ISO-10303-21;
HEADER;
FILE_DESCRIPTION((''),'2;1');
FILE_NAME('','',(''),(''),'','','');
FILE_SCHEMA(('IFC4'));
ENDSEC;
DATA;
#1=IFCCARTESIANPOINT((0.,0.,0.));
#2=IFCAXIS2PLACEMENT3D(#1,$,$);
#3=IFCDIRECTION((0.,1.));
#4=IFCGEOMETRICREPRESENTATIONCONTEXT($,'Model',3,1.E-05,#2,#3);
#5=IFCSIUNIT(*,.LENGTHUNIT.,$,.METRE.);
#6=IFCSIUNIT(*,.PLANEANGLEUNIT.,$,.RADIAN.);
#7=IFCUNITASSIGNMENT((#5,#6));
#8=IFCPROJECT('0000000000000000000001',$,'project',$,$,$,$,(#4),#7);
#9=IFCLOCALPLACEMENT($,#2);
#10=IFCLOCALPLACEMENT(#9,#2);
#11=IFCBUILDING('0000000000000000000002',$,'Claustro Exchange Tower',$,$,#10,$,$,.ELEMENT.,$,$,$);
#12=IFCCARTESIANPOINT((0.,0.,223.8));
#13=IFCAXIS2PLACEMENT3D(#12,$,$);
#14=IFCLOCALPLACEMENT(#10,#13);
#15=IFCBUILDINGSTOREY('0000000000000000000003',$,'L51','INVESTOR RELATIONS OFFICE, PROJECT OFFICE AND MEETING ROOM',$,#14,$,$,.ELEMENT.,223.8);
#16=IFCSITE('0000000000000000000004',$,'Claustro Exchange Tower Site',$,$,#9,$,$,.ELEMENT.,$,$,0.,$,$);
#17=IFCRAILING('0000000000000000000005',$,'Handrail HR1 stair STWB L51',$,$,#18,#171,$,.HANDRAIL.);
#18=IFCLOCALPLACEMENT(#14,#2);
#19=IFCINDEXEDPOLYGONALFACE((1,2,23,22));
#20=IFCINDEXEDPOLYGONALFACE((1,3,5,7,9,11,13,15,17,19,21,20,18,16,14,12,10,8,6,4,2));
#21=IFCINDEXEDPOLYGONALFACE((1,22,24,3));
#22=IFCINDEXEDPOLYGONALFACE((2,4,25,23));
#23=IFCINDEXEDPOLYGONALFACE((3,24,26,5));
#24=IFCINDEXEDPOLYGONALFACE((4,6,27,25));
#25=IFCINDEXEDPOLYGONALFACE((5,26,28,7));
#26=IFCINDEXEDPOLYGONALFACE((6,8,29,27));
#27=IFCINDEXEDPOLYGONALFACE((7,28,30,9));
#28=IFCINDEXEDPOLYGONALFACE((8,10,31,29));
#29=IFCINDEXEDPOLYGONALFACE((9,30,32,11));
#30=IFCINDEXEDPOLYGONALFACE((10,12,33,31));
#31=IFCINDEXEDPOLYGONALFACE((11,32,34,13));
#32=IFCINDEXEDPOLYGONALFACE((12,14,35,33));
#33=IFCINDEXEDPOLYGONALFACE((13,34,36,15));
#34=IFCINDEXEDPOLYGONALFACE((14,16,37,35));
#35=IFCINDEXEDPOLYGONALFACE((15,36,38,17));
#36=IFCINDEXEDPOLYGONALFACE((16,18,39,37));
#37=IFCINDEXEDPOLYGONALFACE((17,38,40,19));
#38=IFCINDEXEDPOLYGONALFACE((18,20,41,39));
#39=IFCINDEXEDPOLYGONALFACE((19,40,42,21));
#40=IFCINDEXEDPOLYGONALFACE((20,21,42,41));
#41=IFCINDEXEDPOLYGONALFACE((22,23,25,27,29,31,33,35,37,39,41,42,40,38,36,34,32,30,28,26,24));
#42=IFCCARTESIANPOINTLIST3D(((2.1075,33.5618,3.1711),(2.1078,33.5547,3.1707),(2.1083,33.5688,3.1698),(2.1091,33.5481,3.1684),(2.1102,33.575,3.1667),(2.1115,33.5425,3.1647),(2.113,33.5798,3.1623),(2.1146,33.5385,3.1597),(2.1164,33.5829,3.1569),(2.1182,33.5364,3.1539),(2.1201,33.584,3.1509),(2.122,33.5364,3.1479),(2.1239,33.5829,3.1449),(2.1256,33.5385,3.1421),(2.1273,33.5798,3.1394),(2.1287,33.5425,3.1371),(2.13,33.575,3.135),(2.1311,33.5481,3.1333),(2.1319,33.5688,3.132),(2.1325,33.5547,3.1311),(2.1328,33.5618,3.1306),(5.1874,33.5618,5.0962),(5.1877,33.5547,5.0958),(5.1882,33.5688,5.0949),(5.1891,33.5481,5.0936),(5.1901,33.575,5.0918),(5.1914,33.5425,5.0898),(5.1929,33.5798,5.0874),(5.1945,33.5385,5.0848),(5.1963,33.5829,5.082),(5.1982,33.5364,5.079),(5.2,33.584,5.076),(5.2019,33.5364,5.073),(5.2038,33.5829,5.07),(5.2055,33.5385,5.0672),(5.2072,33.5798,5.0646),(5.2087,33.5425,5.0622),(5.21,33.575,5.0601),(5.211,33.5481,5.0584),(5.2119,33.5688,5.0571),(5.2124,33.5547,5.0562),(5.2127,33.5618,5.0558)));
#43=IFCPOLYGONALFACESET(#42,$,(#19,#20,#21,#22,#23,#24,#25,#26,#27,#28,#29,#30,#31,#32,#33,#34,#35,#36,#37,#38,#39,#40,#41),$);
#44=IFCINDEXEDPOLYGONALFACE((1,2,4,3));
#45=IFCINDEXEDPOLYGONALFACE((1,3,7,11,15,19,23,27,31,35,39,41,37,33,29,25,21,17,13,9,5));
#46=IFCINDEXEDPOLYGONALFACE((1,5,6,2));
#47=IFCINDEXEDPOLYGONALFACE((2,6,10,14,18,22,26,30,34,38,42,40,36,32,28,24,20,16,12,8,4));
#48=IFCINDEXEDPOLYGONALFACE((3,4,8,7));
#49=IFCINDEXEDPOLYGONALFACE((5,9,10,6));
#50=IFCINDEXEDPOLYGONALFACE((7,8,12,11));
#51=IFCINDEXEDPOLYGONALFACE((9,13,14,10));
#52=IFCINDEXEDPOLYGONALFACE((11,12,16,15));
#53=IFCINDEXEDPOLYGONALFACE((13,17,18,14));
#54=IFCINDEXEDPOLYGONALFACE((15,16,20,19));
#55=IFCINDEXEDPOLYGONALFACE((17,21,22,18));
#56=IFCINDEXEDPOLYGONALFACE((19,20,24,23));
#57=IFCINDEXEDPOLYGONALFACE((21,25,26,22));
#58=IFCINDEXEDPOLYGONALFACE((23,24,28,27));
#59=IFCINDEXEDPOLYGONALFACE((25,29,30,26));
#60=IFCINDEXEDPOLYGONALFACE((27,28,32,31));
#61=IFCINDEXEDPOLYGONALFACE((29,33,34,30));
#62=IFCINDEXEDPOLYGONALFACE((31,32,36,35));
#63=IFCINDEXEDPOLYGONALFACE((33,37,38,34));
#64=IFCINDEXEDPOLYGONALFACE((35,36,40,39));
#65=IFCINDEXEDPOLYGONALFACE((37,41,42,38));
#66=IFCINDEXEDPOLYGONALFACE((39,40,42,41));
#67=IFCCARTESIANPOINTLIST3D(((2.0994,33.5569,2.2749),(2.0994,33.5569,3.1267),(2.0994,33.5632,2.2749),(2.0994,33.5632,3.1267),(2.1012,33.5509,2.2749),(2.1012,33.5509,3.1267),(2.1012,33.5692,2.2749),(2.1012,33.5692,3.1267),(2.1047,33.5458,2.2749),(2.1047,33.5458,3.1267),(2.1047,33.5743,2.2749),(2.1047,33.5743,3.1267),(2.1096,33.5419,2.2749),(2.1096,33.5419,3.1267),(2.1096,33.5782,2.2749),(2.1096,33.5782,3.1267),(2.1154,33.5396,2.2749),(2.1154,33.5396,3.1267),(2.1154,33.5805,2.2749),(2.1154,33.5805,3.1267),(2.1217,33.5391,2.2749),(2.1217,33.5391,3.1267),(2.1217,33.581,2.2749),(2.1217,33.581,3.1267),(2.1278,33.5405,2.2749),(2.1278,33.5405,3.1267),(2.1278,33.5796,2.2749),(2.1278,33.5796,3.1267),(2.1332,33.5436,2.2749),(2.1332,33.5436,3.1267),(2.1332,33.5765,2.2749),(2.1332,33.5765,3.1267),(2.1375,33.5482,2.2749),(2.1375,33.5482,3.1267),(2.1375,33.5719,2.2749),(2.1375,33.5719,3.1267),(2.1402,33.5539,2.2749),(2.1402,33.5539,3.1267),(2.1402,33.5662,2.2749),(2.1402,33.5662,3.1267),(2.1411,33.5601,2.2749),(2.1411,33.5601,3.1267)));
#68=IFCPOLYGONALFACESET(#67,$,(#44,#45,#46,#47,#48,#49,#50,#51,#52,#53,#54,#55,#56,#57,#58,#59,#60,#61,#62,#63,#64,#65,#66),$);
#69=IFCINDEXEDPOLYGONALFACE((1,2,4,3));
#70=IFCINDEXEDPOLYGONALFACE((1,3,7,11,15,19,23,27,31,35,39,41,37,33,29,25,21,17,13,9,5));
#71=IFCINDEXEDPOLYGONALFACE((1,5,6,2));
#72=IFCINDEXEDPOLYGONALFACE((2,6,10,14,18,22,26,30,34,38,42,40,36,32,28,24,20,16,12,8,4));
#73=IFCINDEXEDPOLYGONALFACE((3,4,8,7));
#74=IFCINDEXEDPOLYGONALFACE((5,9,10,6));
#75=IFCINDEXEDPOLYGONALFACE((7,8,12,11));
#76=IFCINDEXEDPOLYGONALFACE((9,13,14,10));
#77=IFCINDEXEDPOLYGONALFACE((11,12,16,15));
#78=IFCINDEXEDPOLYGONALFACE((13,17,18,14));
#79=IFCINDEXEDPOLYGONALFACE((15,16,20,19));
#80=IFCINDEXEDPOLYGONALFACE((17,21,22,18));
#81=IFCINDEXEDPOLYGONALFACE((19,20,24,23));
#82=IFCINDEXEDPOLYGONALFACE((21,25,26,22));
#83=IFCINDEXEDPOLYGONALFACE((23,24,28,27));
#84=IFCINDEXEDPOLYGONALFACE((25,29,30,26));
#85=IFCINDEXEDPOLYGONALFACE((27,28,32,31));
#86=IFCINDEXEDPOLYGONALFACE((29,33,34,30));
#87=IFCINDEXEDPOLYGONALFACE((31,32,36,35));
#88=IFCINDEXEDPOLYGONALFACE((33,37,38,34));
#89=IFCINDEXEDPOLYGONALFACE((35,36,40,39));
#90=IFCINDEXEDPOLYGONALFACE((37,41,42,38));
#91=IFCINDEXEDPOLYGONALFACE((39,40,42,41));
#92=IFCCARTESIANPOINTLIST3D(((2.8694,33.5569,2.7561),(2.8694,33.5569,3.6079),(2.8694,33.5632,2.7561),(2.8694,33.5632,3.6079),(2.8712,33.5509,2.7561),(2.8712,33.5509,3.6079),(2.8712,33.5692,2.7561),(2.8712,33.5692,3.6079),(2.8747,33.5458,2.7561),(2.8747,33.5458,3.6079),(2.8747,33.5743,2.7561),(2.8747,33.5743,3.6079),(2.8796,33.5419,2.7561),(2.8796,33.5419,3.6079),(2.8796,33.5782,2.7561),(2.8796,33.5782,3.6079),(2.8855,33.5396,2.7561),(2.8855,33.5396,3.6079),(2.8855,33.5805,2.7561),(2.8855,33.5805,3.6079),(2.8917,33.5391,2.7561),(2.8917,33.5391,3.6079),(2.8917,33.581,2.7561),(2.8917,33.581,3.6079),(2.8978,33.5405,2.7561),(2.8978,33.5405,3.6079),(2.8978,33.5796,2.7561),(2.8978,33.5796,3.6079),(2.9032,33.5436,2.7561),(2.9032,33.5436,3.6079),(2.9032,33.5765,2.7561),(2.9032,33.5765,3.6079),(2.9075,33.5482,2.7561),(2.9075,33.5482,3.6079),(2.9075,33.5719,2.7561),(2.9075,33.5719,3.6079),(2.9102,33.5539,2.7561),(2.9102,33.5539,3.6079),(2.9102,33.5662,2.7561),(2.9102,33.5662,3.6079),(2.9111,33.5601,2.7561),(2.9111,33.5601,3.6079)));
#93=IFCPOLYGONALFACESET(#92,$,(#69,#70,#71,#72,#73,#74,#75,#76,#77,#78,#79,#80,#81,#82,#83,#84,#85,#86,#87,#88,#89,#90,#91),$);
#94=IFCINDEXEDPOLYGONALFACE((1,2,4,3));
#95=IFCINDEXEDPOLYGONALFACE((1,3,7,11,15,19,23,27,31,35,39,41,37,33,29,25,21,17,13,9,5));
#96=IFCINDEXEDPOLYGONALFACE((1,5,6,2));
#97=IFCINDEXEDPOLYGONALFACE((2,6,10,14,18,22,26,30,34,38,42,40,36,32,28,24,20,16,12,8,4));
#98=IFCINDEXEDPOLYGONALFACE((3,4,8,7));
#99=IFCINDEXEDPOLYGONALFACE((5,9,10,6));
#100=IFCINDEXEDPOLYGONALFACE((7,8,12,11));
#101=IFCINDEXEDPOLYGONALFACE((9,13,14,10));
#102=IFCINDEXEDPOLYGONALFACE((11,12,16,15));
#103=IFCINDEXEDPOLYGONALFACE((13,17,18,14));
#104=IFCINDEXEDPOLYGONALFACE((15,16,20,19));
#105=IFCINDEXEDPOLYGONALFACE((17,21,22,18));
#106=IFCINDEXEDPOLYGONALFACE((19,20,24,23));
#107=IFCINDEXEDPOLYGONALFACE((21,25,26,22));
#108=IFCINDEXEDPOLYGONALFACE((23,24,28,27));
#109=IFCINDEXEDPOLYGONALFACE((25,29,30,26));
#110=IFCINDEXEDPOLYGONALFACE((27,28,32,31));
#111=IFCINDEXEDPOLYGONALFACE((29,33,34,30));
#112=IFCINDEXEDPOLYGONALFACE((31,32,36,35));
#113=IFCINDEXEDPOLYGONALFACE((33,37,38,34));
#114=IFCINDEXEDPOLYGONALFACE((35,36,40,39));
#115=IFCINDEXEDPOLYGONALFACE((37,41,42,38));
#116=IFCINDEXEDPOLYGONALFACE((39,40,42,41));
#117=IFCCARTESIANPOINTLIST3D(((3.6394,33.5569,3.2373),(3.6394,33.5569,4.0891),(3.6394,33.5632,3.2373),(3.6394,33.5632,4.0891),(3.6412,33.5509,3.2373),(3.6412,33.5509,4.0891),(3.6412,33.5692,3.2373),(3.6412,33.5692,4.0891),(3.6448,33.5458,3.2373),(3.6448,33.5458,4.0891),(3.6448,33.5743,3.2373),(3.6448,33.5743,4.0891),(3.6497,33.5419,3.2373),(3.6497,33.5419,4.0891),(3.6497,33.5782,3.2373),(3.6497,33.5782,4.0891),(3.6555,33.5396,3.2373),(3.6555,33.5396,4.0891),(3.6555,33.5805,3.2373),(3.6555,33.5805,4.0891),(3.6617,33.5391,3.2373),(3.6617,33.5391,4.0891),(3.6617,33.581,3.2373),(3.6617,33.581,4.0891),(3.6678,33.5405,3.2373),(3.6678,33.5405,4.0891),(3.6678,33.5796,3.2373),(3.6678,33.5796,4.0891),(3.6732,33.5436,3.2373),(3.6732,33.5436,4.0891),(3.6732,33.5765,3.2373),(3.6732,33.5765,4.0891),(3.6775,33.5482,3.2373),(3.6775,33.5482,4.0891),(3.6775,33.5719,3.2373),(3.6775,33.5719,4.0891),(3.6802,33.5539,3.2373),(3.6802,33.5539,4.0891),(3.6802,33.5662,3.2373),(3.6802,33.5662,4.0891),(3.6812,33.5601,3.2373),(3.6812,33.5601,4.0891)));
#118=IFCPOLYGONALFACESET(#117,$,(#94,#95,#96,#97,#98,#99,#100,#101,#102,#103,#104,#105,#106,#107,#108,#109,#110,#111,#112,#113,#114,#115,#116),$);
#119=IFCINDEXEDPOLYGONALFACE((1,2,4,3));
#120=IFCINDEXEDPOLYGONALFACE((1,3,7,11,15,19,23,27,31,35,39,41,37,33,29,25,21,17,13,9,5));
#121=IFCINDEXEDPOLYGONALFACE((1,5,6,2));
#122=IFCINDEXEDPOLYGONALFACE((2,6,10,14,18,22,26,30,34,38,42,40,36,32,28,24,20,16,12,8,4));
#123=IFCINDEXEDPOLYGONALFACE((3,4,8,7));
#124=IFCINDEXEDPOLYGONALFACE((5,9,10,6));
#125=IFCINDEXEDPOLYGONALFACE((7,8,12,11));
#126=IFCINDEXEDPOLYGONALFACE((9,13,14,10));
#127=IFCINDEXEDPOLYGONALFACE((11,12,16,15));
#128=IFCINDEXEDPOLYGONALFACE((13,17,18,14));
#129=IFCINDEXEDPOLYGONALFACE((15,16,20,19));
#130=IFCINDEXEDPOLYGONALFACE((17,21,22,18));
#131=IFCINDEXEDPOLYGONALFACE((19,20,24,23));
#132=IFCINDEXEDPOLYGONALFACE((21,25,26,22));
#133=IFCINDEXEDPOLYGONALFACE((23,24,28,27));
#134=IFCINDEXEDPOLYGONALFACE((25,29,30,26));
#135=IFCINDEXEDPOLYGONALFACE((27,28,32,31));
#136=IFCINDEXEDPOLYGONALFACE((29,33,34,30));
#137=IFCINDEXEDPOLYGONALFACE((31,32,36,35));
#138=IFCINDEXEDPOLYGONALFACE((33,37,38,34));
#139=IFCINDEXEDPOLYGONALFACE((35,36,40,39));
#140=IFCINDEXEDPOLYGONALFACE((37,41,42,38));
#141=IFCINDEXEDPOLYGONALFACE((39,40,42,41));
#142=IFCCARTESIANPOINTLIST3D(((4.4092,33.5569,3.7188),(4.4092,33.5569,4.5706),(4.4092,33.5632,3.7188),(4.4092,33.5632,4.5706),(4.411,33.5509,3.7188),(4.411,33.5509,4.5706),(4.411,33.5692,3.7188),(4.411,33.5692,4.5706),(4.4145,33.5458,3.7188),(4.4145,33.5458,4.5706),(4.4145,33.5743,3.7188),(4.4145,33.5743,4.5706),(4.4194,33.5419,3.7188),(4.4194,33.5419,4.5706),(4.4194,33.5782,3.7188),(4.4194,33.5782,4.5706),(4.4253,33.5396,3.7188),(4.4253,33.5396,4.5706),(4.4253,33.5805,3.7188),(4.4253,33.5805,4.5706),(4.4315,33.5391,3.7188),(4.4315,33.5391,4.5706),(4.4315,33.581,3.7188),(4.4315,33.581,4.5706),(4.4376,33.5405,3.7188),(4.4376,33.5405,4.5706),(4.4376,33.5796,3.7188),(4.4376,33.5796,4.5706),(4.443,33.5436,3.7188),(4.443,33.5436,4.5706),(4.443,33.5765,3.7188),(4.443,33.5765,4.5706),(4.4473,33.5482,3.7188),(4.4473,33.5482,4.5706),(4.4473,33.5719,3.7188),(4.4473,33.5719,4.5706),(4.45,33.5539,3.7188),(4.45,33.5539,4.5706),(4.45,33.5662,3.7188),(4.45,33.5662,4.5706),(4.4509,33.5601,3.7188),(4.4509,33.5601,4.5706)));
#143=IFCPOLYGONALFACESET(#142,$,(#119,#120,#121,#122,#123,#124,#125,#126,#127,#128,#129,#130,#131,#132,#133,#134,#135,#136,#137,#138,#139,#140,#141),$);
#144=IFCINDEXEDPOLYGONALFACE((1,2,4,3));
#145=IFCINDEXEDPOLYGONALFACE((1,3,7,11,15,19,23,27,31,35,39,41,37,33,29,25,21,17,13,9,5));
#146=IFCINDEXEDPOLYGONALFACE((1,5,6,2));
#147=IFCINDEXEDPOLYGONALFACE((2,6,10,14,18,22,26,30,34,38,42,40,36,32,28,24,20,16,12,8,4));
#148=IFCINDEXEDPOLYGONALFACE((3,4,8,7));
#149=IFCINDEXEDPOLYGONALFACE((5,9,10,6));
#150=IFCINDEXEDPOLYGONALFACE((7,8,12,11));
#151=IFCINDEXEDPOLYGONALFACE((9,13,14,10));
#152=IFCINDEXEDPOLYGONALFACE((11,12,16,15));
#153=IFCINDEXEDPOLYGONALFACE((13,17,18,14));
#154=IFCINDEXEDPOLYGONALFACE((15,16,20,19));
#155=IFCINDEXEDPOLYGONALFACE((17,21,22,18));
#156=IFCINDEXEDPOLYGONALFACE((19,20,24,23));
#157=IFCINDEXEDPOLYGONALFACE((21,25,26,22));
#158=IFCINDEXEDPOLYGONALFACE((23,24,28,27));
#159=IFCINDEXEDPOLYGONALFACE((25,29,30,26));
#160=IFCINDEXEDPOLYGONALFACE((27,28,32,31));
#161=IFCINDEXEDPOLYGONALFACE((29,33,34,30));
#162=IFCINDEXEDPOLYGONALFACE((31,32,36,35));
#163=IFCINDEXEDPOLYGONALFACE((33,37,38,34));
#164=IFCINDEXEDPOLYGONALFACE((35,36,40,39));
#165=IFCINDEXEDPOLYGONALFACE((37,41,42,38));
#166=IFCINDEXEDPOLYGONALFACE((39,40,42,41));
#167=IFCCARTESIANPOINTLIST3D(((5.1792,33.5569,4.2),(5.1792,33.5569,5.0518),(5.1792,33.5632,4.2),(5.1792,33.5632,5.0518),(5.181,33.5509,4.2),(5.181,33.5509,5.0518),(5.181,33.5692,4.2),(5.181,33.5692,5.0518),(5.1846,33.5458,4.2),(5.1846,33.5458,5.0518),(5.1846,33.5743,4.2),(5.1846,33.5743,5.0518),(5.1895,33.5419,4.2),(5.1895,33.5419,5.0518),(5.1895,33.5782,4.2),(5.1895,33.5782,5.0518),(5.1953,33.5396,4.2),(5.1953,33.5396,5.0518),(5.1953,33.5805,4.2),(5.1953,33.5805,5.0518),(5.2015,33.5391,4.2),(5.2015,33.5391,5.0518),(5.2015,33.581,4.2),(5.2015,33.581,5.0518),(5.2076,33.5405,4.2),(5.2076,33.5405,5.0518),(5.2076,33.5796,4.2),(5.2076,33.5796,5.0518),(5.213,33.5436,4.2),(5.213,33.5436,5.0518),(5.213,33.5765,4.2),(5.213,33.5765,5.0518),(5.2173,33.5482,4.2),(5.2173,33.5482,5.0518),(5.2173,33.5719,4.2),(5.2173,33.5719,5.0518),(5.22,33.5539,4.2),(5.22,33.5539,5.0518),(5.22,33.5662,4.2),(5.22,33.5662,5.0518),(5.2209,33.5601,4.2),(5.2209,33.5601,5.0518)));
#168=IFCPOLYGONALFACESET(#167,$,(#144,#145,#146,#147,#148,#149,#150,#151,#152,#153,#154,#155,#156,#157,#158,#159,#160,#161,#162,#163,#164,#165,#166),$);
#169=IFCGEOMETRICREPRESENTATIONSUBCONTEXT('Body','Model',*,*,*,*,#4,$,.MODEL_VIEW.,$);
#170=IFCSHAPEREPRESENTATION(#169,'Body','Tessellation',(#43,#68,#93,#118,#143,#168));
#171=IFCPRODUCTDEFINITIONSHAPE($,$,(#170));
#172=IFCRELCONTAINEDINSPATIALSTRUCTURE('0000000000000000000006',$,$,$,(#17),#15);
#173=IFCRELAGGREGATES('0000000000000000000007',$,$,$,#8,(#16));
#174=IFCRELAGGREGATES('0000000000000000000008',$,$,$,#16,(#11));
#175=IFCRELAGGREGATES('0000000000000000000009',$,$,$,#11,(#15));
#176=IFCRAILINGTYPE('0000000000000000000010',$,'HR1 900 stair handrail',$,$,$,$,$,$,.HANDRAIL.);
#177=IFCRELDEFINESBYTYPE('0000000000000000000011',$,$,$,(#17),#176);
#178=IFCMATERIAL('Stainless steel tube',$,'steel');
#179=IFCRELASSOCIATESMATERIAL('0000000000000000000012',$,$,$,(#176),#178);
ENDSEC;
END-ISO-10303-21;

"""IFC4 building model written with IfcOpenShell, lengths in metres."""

from ifc_helpers import new_model, si_unit, direction, frame, origin, origin_2d, place, context, subcontext, project, spatial, circle, extrude, material, type_object, element, save


model = new_model("IFC4")

# Units and contexts
model_context = context("Model", 3, precision=1e-05, world=origin(), true_north=direction((0.0, 1.0)))
body_context = subcontext(model_context, "Body", "Model", "MODEL_VIEW")
ifc_project = project(units=[si_unit("LENGTHUNIT", "METRE"), si_unit("PLANEANGLEUNIT", "RADIAN")], contexts=[model_context])

# Site, building, storey
site_placement = place(None, origin())
site = spatial("IfcSite", under=ifc_project, at=site_placement, Name="Claustro Exchange Tower Site", CompositionType="ELEMENT", RefElevation=0.0)
building_placement = place(site_placement, origin())
building = spatial("IfcBuilding", under=site, at=building_placement, Name="Claustro Exchange Tower", CompositionType="ELEMENT")
storey_placement = place(building_placement, frame((0.0, 0.0, 223.8)))
storey = spatial("IfcBuildingStorey", under=building, at=storey_placement, Name="L51", Description="INVESTOR RELATIONS OFFICE, PROJECT OFFICE AND MEETING ROOM", CompositionType="ELEMENT", Elevation=223.8)

# Railing
ifc_material_1 = material(Name="Stainless steel tube", Category="steel")
railing_type_1 = type_object("IfcRailingType", Name="HR1 900 stair handrail", PredefinedType="HANDRAIL", material=ifc_material_1)
railing_1_placement = place(storey_placement, frame((2.1201, 33.5601, 2.2749)))
element("IfcRailing", 1, at=railing_1_placement, inside=storey, type_object=railing_type_1, Name="Handrail HR1 stair STWB L51", PredefinedType="HANDRAIL", context=body_context, shape_type="SweptSolid", body=[
    extrude(circle(Radius=0.0239, at=origin_2d()), frame((0.0, 0.0, 0.876), z_axis=(0.847979, 0.0, 0.530029), x_axis=(0.0, 1.0, 0.0)), (0.0, 0.0, 1.0), 3.6321),
    extrude(circle(Radius=0.021, at=origin_2d()), origin(), (0.0, 0.0, 1.0), 0.8518),
    extrude(circle(Radius=0.021, at=origin_2d()), frame((0.77, 0.0, 0.4812)), (0.0, 0.0, 1.0), 0.8518),
    extrude(circle(Radius=0.021, at=origin_2d()), frame((1.54, 0.0, 0.9624)), (0.0, 0.0, 1.0), 0.8518),
    extrude(circle(Radius=0.021, at=origin_2d()), frame((2.3098, 0.0, 1.4438)), (0.0, 0.0, 1.0), 0.8518),
    extrude(circle(Radius=0.021, at=origin_2d()), frame((3.0798, 0.0, 1.925)), (0.0, 0.0, 1.0), 0.8518),
])

save(model, "model.ifc")
